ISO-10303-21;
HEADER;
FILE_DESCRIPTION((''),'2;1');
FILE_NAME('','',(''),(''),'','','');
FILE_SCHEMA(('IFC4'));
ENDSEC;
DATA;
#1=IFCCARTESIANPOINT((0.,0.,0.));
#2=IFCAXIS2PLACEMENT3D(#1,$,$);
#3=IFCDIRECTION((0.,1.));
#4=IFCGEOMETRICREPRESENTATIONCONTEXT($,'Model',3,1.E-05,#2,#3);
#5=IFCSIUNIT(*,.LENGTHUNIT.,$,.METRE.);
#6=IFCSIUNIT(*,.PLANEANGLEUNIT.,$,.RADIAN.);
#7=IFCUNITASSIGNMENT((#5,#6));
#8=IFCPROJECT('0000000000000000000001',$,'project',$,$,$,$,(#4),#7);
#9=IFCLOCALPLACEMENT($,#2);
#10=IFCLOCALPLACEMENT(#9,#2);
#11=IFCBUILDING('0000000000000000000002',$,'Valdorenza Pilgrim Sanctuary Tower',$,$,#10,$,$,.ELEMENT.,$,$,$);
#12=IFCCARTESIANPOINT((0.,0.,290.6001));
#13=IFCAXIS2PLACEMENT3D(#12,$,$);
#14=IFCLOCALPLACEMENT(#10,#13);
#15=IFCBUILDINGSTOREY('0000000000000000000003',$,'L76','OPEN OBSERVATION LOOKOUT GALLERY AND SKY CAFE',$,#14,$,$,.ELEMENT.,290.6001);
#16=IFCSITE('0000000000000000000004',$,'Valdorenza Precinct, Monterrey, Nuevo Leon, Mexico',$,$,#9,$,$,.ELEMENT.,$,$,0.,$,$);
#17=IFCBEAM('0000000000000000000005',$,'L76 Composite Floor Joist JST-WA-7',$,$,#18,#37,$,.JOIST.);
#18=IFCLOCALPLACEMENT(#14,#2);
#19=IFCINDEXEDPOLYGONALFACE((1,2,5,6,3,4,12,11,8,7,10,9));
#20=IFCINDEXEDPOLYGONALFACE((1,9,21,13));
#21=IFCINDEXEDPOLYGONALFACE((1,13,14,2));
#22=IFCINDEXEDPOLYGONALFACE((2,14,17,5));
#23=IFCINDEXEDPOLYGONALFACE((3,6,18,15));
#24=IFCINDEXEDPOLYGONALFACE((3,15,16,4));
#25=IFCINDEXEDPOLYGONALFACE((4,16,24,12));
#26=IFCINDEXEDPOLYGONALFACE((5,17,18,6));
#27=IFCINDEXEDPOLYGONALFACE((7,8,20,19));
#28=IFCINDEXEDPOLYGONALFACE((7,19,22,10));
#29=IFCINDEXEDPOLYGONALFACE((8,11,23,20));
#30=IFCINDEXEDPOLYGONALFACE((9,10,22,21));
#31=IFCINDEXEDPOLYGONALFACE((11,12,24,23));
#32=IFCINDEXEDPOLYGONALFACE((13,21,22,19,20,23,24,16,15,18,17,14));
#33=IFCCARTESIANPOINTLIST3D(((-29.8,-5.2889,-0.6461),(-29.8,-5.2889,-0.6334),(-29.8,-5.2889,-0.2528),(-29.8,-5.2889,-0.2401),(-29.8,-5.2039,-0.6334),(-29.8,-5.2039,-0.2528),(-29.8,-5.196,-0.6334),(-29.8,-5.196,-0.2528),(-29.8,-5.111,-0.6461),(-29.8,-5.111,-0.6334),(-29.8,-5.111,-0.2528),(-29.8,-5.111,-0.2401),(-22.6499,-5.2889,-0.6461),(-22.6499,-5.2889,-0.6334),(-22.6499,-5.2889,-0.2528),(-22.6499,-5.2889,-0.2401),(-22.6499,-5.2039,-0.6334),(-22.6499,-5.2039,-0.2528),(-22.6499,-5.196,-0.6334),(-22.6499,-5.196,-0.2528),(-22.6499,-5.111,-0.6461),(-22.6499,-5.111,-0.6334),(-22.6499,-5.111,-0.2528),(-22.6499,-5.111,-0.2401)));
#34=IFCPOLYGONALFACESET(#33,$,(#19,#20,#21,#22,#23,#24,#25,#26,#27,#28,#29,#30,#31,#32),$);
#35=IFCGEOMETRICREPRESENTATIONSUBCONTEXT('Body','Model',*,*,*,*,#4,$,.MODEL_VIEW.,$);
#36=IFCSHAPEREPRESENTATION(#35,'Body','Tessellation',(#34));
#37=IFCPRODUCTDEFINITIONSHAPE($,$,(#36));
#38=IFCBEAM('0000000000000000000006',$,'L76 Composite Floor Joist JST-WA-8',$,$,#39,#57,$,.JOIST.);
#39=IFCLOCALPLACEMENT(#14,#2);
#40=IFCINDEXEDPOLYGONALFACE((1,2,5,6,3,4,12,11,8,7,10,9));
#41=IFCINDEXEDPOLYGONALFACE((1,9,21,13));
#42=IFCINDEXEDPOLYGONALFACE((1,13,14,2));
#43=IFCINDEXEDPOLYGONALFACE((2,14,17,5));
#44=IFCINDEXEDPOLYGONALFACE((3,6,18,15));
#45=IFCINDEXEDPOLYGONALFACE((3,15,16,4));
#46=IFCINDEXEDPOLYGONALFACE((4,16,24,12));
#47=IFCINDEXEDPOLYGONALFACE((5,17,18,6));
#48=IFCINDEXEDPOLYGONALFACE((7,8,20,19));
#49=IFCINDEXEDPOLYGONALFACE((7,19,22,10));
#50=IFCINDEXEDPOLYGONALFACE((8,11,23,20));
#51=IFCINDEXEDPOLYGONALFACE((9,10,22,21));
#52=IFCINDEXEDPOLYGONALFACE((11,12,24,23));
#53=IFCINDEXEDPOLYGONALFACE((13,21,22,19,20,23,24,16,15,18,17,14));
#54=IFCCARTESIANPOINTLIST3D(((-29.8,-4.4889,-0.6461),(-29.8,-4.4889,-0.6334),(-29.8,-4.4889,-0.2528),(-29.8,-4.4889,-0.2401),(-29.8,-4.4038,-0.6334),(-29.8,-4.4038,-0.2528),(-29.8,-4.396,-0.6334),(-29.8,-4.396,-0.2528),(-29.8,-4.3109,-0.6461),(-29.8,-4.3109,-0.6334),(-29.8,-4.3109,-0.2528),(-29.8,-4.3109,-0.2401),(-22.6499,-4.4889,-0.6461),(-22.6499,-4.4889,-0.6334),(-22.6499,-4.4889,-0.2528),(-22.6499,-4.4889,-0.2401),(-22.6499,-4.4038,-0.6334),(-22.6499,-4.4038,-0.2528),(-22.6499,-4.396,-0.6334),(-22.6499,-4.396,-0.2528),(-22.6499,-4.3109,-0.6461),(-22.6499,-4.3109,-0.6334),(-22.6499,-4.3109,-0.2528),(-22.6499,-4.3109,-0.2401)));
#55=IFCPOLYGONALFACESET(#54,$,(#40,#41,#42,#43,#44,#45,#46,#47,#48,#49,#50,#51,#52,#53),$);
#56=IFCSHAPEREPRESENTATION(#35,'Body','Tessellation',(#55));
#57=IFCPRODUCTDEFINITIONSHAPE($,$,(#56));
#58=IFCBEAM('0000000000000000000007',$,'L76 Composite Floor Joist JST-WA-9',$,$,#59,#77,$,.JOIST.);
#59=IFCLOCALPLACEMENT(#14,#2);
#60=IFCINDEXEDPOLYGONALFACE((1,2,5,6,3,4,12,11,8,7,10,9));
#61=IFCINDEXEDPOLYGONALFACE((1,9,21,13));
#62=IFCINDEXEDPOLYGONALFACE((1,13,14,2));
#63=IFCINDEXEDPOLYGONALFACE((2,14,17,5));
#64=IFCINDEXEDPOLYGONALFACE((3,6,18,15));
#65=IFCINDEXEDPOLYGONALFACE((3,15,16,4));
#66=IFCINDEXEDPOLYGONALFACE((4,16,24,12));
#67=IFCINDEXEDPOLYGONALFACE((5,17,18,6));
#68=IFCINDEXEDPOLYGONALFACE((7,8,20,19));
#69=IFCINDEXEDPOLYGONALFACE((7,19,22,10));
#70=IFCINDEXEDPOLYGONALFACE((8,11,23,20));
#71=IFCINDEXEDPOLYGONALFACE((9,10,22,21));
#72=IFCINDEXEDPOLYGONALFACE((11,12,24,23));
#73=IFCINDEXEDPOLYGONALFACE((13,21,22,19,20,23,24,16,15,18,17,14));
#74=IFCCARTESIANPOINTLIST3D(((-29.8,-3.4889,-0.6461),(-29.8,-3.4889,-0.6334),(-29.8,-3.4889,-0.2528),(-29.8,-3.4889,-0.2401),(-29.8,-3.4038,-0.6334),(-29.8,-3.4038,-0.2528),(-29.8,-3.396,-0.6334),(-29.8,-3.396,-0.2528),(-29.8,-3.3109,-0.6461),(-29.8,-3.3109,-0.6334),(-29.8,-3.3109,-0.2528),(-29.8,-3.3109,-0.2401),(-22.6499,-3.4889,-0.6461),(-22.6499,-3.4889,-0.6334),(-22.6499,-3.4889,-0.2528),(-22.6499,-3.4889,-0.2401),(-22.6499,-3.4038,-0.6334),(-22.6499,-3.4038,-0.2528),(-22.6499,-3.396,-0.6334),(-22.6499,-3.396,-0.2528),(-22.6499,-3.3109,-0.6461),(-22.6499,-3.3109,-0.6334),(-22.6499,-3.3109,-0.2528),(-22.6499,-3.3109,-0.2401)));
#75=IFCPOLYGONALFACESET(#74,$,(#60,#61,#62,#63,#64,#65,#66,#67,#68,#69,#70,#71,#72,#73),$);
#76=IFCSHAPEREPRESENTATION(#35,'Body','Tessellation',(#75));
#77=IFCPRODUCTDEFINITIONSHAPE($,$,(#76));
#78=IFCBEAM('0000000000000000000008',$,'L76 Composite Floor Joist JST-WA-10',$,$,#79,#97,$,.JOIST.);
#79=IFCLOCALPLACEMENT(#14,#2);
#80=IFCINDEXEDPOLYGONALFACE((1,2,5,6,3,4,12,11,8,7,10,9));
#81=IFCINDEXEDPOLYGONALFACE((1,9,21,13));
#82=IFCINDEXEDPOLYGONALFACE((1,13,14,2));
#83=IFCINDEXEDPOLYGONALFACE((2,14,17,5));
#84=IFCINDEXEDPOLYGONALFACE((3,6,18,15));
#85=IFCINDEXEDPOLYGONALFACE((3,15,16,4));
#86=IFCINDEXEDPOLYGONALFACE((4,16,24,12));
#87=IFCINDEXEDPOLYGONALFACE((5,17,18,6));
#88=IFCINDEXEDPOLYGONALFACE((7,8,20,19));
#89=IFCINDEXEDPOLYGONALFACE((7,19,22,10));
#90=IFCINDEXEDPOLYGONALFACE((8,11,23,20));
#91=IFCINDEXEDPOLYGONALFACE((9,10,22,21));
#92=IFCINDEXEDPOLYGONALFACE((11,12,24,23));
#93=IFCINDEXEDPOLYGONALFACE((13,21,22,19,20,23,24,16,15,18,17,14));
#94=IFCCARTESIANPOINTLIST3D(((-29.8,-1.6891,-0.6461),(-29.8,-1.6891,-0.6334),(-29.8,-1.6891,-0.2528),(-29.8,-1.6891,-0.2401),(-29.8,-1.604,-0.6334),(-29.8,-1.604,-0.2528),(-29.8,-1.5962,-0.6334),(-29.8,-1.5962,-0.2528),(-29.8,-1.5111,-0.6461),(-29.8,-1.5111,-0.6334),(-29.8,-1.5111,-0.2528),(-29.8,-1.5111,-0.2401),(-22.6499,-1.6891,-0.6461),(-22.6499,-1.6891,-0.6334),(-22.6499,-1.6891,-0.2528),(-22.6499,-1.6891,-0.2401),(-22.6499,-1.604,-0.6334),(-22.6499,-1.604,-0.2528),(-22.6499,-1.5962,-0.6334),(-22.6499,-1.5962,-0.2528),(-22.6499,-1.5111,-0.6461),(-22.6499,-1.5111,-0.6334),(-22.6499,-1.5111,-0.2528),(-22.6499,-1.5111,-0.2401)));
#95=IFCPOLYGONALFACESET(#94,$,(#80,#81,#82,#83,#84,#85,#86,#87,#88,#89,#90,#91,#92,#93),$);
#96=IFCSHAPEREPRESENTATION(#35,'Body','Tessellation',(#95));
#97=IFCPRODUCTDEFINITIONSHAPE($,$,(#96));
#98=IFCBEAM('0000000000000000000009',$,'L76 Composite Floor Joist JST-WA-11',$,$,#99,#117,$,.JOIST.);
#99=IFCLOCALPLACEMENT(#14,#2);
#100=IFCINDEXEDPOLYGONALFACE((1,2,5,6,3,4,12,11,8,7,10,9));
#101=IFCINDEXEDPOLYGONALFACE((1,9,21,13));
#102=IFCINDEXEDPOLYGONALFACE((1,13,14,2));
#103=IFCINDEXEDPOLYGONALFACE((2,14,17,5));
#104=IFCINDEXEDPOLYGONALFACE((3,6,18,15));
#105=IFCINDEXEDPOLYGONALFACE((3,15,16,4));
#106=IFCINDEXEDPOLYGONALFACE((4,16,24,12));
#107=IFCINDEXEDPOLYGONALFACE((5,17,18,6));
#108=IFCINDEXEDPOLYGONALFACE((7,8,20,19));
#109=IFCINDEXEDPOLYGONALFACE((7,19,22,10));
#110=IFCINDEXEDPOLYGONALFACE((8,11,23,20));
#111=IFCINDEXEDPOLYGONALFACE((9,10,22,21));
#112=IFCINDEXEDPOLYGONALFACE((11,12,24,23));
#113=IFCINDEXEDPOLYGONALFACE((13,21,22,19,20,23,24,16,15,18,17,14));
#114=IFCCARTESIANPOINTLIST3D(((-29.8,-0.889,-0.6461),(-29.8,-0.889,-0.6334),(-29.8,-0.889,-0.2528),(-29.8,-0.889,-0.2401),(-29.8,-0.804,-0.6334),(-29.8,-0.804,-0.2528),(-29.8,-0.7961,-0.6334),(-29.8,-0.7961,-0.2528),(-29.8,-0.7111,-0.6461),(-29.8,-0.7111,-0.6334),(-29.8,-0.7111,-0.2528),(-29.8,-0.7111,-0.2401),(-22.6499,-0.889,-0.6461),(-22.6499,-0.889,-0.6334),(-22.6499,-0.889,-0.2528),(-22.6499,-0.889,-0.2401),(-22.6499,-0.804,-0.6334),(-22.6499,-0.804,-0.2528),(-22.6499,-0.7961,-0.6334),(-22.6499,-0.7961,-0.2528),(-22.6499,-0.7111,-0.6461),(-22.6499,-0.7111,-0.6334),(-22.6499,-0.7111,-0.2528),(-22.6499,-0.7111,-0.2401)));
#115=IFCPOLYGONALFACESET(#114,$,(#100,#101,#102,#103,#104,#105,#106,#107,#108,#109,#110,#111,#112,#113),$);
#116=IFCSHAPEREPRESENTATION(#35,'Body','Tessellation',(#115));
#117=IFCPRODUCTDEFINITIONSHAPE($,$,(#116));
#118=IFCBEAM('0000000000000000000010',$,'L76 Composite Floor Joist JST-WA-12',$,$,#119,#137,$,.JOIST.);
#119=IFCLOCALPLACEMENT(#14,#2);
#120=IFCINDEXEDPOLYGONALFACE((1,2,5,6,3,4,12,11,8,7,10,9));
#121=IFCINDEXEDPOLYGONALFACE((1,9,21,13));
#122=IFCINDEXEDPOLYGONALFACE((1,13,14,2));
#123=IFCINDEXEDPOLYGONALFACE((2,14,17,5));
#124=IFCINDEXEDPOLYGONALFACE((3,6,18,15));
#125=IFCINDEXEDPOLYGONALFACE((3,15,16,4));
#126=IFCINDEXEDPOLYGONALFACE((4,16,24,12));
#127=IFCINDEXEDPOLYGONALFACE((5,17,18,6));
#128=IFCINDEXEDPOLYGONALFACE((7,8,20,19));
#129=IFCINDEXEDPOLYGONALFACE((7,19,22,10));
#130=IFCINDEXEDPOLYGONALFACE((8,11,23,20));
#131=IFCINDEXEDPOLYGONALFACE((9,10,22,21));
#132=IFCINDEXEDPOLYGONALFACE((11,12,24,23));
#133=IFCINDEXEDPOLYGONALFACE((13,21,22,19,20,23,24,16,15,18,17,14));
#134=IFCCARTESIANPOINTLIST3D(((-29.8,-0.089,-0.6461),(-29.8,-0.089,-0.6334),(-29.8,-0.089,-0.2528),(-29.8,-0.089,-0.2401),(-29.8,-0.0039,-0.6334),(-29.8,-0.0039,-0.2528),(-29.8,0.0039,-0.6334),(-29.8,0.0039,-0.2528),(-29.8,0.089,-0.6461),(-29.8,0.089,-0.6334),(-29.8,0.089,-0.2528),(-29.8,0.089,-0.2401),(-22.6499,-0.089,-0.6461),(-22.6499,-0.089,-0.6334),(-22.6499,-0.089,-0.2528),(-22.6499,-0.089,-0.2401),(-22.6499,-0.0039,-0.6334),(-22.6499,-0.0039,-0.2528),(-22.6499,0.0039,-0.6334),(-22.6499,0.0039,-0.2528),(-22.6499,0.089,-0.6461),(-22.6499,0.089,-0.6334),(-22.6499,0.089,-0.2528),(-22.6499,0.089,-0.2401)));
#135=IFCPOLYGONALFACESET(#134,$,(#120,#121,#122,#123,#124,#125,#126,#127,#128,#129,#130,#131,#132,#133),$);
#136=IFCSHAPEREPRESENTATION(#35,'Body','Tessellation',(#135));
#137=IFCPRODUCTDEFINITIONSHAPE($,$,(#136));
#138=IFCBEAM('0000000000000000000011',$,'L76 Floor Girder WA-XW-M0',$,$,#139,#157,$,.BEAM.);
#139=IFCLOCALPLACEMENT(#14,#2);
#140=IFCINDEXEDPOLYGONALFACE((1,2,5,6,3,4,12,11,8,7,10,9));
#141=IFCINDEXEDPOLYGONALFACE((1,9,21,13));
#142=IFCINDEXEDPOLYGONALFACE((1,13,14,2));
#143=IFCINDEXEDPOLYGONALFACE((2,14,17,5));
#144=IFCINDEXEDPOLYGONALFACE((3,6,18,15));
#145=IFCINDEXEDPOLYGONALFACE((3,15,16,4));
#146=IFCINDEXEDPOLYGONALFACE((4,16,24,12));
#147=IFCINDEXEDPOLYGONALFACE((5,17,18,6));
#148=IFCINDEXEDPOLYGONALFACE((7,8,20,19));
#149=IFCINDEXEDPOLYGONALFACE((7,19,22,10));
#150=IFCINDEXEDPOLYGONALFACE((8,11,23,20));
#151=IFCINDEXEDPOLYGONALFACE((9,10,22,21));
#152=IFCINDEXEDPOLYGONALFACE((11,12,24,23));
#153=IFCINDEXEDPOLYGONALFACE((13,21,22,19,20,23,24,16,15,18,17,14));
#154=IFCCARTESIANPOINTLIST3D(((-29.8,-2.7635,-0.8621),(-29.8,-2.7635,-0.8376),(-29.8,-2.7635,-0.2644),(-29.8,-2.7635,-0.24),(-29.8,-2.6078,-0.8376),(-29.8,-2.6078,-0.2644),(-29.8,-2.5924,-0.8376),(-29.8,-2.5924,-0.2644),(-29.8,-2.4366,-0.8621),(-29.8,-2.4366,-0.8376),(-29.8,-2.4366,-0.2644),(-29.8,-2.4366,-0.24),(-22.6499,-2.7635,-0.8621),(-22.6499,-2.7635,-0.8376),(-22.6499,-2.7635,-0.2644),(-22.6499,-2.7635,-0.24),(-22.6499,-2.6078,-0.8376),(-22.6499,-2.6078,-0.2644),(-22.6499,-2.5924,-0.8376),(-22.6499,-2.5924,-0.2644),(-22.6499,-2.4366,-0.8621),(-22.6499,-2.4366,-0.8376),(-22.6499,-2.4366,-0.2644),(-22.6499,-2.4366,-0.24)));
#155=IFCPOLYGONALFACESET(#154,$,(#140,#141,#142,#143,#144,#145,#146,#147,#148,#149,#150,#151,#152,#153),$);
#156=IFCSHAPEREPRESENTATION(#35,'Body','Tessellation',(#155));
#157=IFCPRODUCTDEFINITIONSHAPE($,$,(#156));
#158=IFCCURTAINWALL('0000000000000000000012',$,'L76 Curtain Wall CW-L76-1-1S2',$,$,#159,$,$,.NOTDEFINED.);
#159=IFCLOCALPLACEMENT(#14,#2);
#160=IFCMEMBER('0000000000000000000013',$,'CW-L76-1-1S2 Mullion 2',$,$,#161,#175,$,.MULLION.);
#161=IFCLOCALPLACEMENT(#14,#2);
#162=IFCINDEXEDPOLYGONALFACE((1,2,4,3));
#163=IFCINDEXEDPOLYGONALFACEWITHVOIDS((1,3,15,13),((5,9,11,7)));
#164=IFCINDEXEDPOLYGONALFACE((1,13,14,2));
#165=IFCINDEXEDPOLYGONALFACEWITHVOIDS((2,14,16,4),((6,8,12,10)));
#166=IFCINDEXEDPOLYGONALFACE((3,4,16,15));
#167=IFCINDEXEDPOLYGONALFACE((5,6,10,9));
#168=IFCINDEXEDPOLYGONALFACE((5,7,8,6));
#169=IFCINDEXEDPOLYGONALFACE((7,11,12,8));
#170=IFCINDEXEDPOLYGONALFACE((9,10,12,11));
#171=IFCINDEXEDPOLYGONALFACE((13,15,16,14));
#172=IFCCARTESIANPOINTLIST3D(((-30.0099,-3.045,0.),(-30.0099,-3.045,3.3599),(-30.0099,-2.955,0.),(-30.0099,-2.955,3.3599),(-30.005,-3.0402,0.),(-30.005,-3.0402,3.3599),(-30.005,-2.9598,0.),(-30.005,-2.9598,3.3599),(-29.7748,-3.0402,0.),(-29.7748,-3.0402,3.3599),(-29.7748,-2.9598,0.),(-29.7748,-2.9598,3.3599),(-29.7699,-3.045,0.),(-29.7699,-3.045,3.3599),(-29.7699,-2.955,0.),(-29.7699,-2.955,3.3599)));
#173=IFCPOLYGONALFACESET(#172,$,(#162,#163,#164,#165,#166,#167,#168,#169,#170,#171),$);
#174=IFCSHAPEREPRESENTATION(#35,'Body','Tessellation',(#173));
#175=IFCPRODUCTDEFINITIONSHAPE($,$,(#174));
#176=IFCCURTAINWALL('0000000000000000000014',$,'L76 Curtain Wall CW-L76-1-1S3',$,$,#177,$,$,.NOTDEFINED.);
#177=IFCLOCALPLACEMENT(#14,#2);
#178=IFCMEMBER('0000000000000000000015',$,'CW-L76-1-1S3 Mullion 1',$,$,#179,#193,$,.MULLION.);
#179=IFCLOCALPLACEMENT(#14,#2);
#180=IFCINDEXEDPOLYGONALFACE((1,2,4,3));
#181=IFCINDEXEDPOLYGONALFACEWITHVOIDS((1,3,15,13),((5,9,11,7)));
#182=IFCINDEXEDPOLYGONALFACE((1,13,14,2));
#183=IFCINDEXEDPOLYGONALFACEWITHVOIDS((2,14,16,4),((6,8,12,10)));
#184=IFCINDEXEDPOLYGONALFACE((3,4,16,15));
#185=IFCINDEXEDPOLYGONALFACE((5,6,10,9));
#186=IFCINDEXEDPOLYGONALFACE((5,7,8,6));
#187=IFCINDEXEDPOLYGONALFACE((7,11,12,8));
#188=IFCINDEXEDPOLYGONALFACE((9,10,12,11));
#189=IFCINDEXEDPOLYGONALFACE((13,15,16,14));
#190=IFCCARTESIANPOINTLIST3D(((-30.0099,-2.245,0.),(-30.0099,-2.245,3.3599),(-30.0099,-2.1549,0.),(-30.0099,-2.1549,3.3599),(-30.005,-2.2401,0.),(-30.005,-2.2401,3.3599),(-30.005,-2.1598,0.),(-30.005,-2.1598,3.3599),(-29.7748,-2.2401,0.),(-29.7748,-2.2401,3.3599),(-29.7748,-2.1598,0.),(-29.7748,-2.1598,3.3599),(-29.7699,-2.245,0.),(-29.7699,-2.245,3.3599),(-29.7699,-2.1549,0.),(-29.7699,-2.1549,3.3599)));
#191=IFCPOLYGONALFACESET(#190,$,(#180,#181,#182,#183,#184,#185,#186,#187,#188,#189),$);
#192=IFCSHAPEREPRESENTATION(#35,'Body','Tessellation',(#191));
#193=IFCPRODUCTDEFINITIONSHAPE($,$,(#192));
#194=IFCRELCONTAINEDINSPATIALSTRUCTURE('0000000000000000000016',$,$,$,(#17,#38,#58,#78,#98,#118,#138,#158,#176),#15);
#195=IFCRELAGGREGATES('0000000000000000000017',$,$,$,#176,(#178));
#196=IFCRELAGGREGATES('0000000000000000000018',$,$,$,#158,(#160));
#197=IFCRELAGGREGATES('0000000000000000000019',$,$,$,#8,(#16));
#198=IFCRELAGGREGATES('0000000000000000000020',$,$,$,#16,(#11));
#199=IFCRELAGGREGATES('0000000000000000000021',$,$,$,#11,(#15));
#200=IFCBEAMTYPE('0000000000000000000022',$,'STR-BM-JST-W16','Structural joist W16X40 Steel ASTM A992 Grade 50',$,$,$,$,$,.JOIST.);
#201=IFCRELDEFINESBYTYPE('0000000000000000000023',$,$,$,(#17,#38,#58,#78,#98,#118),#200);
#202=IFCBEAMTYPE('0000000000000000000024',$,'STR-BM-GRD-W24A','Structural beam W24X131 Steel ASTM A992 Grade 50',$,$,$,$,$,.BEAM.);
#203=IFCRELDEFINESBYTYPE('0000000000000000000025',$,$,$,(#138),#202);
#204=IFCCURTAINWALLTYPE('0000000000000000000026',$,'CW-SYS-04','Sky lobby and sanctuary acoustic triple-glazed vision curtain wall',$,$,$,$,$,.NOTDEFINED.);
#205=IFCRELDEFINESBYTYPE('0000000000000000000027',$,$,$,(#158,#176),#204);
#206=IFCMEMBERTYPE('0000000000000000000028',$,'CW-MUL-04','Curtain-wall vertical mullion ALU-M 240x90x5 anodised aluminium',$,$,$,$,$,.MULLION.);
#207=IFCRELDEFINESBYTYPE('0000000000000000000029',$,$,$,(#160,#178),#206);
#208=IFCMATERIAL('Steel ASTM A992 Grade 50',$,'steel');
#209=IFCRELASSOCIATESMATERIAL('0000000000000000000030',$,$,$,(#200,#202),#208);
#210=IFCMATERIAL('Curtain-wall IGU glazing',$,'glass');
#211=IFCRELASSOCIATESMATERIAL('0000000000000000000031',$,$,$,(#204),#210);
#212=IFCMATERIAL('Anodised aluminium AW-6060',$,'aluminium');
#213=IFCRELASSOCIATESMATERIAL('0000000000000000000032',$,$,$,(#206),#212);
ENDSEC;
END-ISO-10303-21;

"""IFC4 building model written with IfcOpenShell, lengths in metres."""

from ifc_helpers import new_model, si_unit, direction, frame, origin, origin_2d, place, context, subcontext, project, spatial, hollow_rectangle, i_section, extrude, source, transform, mapped, material, material_profile, profile_set, type_object, element, aggregate, save


model = new_model("IFC4")

# Units and contexts
model_context = context("Model", 3, precision=1e-05, world=origin(), true_north=direction((0.0, 1.0)))
body_context = subcontext(model_context, "Body", "Model", "MODEL_VIEW")
ifc_project = project(units=[si_unit("LENGTHUNIT", "METRE"), si_unit("PLANEANGLEUNIT", "RADIAN")], contexts=[model_context])

# Site, building, storey
site_placement = place(None, origin())
site = spatial("IfcSite", under=ifc_project, at=site_placement, Name="Valdorenza Precinct, Monterrey, Nuevo Leon, Mexico", CompositionType="ELEMENT", RefElevation=0.0)
building_placement = place(site_placement, origin())
building = spatial("IfcBuilding", under=site, at=building_placement, Name="Valdorenza Pilgrim Sanctuary Tower", CompositionType="ELEMENT")
storey_placement = place(building_placement, frame((0.0, 0.0, 290.6001)))
storey = spatial("IfcBuildingStorey", under=building, at=storey_placement, Name="L76", Description="OPEN OBSERVATION LOOKOUT GALLERY AND SKY CAFE", CompositionType="ELEMENT", Elevation=290.6001)

# Beams
ifc_material_1 = material(Name="Steel ASTM A992 Grade 50", Category="steel")
ifc_material_profile_1 = material_profile(ifc_material_1, i_section(OverallWidth=0.178, OverallDepth=0.406, WebThickness=0.0078, FlangeThickness=0.0127, at=origin_2d()), Name="W16X40")
ifc_profile_set_1 = profile_set([ifc_material_profile_1], Name="Steel ASTM A992 Grade 50")
beam_type_1 = type_object("IfcBeamType", Name="STR-BM-JST-W16", Description="Structural joist W16X40 Steel ASTM A992 Grade 50", PredefinedType="JOIST", material=ifc_profile_set_1)
shared_shape_1 = source(origin(), body_context, "Body", "SweptSolid", [
    extrude(i_section(OverallWidth=0.178, OverallDepth=0.406, WebThickness=0.0078, FlangeThickness=0.0127, at=origin_2d()), origin(), (0.0, 0.0, 1.0), 7.1501),
])
for number, where, z_axis, x_axis, name in (
    (1, (-29.8, -5.2, -0.4431), (1.0, 0.0, 0.0), (0.0, 1.0, 0.0), "L76 Composite Floor Joist JST-WA-7"),
    (2, (-29.8, -4.3999, -0.4431), (1.0, 0.0, 0.0), (0.0, 1.0, 0.0), "L76 Composite Floor Joist JST-WA-8"),
    (3, (-29.8, -3.3999, -0.4431), (1.0, 0.0, 0.0), (0.0, 1.0, 0.0), "L76 Composite Floor Joist JST-WA-9"),
    (4, (-29.8, -1.6001, -0.4431), (1.0, 0.0, 0.0), (0.0, 1.0, 0.0), "L76 Composite Floor Joist JST-WA-10"),
    (5, (-29.8, -0.8, -0.4431), (1.0, 0.0, 0.0), (0.0, 1.0, 0.0), "L76 Composite Floor Joist JST-WA-11"),
    (6, (-29.8, 0.0, -0.4431), (1.0, 0.0, 0.0), (0.0, 1.0, 0.0), "L76 Composite Floor Joist JST-WA-12"),
):
    element("IfcBeam", number, at=place(storey_placement, frame(where, z_axis=z_axis, x_axis=x_axis)), inside=storey, type_object=beam_type_1, Name=name, PredefinedType="JOIST", context=body_context, shape_type="MappedRepresentation", body=[
        mapped(shared_shape_1, transform((0.0, 0.0, 0.0), x_axis=(1.0, 0.0, 0.0), y_axis=(0.0, 1.0, 0.0), z_axis=(0.0, 0.0, 1.0), scale=1.0)),
    ])
ifc_material_profile_2 = material_profile(ifc_material_1, i_section(OverallWidth=0.3269, OverallDepth=0.6221, WebThickness=0.0154, FlangeThickness=0.0244, at=origin_2d()), Name="W24X131")
ifc_profile_set_2 = profile_set([ifc_material_profile_2], Name="Steel ASTM A992 Grade 50")
beam_type_2 = type_object("IfcBeamType", Name="STR-BM-GRD-W24A", Description="Structural beam W24X131 Steel ASTM A992 Grade 50", PredefinedType="BEAM", material=ifc_profile_set_2)
shared_shape_2 = source(origin(), body_context, "Body", "SweptSolid", [
    extrude(i_section(OverallWidth=0.3269, OverallDepth=0.6221, WebThickness=0.0154, FlangeThickness=0.0244, at=origin_2d()), origin(), (0.0, 0.0, 1.0), 7.1501),
])
beam_1_placement = place(storey_placement, frame((-29.8, -2.6001, -0.551), z_axis=(1.0, 0.0, 0.0), x_axis=(0.0, 1.0, 0.0)))
element("IfcBeam", 7, at=beam_1_placement, inside=storey, type_object=beam_type_2, Name="L76 Floor Girder WA-XW-M0", PredefinedType="BEAM", context=body_context, shape_type="MappedRepresentation", body=[
    mapped(shared_shape_2, transform((0.0, 0.0, 0.0), x_axis=(1.0, 0.0, 0.0), y_axis=(0.0, 1.0, 0.0), z_axis=(0.0, 0.0, 1.0), scale=1.0)),
])

# Curtain wall, member
ifc_material_2 = material(Name="Curtain-wall IGU glazing", Category="glass")
curtain_wall_type = type_object("IfcCurtainWallType", Name="CW-SYS-04", Description="Sky lobby and sanctuary acoustic triple-glazed vision curtain wall", PredefinedType="NOTDEFINED", material=ifc_material_2)
curtain_wall_1_placement = place(storey_placement, origin())
curtain_wall_1 = element("IfcCurtainWall", 8, at=curtain_wall_1_placement, inside=storey, type_object=curtain_wall_type, Name="L76 Curtain Wall CW-L76-1-1S2", PredefinedType="NOTDEFINED")
ifc_material_3 = material(Name="Anodised aluminium AW-6060", Category="aluminium")
ifc_material_profile_3 = material_profile(ifc_material_3, hollow_rectangle(XDim=0.0901, YDim=0.24, WallThickness=0.0049, at=origin_2d()), Name="ALU-M 240x90x5")
ifc_profile_set_3 = profile_set([ifc_material_profile_3], Name="Anodised aluminium AW-6060")
member_type_1 = type_object("IfcMemberType", Name="CW-MUL-04", Description="Curtain-wall vertical mullion ALU-M 240x90x5 anodised aluminium", PredefinedType="MULLION", material=ifc_profile_set_3)
shared_shape_3 = source(origin(), body_context, "Body", "SweptSolid", [
    extrude(hollow_rectangle(XDim=0.0901, YDim=0.24, WallThickness=0.0049, at=origin_2d()), origin(), (0.0, 0.0, 1.0), 3.3599),
])
member_1_placement = place(storey_placement, frame((-29.8899, -3.0, 0.0), z_axis=(0.0, 0.0, 1.0), x_axis=(0.0, 1.0, 0.0)))
member_1 = element("IfcMember", 9, at=member_1_placement, type_object=member_type_1, Name="CW-L76-1-1S2 Mullion 2", PredefinedType="MULLION", context=body_context, shape_type="MappedRepresentation", body=[
    mapped(shared_shape_3, transform((0.0, 0.0, 0.0), x_axis=(1.0, 0.0, 0.0), y_axis=(0.0, 1.0, 0.0), z_axis=(0.0, 0.0, 1.0), scale=1.0)),
])

# Curtain wall, member
curtain_wall_2_placement = place(storey_placement, origin())
curtain_wall_2 = element("IfcCurtainWall", 10, at=curtain_wall_2_placement, inside=storey, type_object=curtain_wall_type, Name="L76 Curtain Wall CW-L76-1-1S3", PredefinedType="NOTDEFINED")
member_2_placement = place(storey_placement, frame((-29.8899, -2.2, 0.0), z_axis=(0.0, 0.0, 1.0), x_axis=(0.0, 1.0, 0.0)))
member_2 = element("IfcMember", 11, at=member_2_placement, type_object=member_type_1, Name="CW-L76-1-1S3 Mullion 1", PredefinedType="MULLION", context=body_context, shape_type="MappedRepresentation", body=[
    mapped(shared_shape_3, transform((0.0, 0.0, 0.0), x_axis=(1.0, 0.0, 0.0), y_axis=(0.0, 1.0, 0.0), z_axis=(0.0, 0.0, 1.0), scale=1.0)),
])
aggregate(curtain_wall_2, [member_2])

aggregate(curtain_wall_1, [member_1])

save(model, "model.ifc")
